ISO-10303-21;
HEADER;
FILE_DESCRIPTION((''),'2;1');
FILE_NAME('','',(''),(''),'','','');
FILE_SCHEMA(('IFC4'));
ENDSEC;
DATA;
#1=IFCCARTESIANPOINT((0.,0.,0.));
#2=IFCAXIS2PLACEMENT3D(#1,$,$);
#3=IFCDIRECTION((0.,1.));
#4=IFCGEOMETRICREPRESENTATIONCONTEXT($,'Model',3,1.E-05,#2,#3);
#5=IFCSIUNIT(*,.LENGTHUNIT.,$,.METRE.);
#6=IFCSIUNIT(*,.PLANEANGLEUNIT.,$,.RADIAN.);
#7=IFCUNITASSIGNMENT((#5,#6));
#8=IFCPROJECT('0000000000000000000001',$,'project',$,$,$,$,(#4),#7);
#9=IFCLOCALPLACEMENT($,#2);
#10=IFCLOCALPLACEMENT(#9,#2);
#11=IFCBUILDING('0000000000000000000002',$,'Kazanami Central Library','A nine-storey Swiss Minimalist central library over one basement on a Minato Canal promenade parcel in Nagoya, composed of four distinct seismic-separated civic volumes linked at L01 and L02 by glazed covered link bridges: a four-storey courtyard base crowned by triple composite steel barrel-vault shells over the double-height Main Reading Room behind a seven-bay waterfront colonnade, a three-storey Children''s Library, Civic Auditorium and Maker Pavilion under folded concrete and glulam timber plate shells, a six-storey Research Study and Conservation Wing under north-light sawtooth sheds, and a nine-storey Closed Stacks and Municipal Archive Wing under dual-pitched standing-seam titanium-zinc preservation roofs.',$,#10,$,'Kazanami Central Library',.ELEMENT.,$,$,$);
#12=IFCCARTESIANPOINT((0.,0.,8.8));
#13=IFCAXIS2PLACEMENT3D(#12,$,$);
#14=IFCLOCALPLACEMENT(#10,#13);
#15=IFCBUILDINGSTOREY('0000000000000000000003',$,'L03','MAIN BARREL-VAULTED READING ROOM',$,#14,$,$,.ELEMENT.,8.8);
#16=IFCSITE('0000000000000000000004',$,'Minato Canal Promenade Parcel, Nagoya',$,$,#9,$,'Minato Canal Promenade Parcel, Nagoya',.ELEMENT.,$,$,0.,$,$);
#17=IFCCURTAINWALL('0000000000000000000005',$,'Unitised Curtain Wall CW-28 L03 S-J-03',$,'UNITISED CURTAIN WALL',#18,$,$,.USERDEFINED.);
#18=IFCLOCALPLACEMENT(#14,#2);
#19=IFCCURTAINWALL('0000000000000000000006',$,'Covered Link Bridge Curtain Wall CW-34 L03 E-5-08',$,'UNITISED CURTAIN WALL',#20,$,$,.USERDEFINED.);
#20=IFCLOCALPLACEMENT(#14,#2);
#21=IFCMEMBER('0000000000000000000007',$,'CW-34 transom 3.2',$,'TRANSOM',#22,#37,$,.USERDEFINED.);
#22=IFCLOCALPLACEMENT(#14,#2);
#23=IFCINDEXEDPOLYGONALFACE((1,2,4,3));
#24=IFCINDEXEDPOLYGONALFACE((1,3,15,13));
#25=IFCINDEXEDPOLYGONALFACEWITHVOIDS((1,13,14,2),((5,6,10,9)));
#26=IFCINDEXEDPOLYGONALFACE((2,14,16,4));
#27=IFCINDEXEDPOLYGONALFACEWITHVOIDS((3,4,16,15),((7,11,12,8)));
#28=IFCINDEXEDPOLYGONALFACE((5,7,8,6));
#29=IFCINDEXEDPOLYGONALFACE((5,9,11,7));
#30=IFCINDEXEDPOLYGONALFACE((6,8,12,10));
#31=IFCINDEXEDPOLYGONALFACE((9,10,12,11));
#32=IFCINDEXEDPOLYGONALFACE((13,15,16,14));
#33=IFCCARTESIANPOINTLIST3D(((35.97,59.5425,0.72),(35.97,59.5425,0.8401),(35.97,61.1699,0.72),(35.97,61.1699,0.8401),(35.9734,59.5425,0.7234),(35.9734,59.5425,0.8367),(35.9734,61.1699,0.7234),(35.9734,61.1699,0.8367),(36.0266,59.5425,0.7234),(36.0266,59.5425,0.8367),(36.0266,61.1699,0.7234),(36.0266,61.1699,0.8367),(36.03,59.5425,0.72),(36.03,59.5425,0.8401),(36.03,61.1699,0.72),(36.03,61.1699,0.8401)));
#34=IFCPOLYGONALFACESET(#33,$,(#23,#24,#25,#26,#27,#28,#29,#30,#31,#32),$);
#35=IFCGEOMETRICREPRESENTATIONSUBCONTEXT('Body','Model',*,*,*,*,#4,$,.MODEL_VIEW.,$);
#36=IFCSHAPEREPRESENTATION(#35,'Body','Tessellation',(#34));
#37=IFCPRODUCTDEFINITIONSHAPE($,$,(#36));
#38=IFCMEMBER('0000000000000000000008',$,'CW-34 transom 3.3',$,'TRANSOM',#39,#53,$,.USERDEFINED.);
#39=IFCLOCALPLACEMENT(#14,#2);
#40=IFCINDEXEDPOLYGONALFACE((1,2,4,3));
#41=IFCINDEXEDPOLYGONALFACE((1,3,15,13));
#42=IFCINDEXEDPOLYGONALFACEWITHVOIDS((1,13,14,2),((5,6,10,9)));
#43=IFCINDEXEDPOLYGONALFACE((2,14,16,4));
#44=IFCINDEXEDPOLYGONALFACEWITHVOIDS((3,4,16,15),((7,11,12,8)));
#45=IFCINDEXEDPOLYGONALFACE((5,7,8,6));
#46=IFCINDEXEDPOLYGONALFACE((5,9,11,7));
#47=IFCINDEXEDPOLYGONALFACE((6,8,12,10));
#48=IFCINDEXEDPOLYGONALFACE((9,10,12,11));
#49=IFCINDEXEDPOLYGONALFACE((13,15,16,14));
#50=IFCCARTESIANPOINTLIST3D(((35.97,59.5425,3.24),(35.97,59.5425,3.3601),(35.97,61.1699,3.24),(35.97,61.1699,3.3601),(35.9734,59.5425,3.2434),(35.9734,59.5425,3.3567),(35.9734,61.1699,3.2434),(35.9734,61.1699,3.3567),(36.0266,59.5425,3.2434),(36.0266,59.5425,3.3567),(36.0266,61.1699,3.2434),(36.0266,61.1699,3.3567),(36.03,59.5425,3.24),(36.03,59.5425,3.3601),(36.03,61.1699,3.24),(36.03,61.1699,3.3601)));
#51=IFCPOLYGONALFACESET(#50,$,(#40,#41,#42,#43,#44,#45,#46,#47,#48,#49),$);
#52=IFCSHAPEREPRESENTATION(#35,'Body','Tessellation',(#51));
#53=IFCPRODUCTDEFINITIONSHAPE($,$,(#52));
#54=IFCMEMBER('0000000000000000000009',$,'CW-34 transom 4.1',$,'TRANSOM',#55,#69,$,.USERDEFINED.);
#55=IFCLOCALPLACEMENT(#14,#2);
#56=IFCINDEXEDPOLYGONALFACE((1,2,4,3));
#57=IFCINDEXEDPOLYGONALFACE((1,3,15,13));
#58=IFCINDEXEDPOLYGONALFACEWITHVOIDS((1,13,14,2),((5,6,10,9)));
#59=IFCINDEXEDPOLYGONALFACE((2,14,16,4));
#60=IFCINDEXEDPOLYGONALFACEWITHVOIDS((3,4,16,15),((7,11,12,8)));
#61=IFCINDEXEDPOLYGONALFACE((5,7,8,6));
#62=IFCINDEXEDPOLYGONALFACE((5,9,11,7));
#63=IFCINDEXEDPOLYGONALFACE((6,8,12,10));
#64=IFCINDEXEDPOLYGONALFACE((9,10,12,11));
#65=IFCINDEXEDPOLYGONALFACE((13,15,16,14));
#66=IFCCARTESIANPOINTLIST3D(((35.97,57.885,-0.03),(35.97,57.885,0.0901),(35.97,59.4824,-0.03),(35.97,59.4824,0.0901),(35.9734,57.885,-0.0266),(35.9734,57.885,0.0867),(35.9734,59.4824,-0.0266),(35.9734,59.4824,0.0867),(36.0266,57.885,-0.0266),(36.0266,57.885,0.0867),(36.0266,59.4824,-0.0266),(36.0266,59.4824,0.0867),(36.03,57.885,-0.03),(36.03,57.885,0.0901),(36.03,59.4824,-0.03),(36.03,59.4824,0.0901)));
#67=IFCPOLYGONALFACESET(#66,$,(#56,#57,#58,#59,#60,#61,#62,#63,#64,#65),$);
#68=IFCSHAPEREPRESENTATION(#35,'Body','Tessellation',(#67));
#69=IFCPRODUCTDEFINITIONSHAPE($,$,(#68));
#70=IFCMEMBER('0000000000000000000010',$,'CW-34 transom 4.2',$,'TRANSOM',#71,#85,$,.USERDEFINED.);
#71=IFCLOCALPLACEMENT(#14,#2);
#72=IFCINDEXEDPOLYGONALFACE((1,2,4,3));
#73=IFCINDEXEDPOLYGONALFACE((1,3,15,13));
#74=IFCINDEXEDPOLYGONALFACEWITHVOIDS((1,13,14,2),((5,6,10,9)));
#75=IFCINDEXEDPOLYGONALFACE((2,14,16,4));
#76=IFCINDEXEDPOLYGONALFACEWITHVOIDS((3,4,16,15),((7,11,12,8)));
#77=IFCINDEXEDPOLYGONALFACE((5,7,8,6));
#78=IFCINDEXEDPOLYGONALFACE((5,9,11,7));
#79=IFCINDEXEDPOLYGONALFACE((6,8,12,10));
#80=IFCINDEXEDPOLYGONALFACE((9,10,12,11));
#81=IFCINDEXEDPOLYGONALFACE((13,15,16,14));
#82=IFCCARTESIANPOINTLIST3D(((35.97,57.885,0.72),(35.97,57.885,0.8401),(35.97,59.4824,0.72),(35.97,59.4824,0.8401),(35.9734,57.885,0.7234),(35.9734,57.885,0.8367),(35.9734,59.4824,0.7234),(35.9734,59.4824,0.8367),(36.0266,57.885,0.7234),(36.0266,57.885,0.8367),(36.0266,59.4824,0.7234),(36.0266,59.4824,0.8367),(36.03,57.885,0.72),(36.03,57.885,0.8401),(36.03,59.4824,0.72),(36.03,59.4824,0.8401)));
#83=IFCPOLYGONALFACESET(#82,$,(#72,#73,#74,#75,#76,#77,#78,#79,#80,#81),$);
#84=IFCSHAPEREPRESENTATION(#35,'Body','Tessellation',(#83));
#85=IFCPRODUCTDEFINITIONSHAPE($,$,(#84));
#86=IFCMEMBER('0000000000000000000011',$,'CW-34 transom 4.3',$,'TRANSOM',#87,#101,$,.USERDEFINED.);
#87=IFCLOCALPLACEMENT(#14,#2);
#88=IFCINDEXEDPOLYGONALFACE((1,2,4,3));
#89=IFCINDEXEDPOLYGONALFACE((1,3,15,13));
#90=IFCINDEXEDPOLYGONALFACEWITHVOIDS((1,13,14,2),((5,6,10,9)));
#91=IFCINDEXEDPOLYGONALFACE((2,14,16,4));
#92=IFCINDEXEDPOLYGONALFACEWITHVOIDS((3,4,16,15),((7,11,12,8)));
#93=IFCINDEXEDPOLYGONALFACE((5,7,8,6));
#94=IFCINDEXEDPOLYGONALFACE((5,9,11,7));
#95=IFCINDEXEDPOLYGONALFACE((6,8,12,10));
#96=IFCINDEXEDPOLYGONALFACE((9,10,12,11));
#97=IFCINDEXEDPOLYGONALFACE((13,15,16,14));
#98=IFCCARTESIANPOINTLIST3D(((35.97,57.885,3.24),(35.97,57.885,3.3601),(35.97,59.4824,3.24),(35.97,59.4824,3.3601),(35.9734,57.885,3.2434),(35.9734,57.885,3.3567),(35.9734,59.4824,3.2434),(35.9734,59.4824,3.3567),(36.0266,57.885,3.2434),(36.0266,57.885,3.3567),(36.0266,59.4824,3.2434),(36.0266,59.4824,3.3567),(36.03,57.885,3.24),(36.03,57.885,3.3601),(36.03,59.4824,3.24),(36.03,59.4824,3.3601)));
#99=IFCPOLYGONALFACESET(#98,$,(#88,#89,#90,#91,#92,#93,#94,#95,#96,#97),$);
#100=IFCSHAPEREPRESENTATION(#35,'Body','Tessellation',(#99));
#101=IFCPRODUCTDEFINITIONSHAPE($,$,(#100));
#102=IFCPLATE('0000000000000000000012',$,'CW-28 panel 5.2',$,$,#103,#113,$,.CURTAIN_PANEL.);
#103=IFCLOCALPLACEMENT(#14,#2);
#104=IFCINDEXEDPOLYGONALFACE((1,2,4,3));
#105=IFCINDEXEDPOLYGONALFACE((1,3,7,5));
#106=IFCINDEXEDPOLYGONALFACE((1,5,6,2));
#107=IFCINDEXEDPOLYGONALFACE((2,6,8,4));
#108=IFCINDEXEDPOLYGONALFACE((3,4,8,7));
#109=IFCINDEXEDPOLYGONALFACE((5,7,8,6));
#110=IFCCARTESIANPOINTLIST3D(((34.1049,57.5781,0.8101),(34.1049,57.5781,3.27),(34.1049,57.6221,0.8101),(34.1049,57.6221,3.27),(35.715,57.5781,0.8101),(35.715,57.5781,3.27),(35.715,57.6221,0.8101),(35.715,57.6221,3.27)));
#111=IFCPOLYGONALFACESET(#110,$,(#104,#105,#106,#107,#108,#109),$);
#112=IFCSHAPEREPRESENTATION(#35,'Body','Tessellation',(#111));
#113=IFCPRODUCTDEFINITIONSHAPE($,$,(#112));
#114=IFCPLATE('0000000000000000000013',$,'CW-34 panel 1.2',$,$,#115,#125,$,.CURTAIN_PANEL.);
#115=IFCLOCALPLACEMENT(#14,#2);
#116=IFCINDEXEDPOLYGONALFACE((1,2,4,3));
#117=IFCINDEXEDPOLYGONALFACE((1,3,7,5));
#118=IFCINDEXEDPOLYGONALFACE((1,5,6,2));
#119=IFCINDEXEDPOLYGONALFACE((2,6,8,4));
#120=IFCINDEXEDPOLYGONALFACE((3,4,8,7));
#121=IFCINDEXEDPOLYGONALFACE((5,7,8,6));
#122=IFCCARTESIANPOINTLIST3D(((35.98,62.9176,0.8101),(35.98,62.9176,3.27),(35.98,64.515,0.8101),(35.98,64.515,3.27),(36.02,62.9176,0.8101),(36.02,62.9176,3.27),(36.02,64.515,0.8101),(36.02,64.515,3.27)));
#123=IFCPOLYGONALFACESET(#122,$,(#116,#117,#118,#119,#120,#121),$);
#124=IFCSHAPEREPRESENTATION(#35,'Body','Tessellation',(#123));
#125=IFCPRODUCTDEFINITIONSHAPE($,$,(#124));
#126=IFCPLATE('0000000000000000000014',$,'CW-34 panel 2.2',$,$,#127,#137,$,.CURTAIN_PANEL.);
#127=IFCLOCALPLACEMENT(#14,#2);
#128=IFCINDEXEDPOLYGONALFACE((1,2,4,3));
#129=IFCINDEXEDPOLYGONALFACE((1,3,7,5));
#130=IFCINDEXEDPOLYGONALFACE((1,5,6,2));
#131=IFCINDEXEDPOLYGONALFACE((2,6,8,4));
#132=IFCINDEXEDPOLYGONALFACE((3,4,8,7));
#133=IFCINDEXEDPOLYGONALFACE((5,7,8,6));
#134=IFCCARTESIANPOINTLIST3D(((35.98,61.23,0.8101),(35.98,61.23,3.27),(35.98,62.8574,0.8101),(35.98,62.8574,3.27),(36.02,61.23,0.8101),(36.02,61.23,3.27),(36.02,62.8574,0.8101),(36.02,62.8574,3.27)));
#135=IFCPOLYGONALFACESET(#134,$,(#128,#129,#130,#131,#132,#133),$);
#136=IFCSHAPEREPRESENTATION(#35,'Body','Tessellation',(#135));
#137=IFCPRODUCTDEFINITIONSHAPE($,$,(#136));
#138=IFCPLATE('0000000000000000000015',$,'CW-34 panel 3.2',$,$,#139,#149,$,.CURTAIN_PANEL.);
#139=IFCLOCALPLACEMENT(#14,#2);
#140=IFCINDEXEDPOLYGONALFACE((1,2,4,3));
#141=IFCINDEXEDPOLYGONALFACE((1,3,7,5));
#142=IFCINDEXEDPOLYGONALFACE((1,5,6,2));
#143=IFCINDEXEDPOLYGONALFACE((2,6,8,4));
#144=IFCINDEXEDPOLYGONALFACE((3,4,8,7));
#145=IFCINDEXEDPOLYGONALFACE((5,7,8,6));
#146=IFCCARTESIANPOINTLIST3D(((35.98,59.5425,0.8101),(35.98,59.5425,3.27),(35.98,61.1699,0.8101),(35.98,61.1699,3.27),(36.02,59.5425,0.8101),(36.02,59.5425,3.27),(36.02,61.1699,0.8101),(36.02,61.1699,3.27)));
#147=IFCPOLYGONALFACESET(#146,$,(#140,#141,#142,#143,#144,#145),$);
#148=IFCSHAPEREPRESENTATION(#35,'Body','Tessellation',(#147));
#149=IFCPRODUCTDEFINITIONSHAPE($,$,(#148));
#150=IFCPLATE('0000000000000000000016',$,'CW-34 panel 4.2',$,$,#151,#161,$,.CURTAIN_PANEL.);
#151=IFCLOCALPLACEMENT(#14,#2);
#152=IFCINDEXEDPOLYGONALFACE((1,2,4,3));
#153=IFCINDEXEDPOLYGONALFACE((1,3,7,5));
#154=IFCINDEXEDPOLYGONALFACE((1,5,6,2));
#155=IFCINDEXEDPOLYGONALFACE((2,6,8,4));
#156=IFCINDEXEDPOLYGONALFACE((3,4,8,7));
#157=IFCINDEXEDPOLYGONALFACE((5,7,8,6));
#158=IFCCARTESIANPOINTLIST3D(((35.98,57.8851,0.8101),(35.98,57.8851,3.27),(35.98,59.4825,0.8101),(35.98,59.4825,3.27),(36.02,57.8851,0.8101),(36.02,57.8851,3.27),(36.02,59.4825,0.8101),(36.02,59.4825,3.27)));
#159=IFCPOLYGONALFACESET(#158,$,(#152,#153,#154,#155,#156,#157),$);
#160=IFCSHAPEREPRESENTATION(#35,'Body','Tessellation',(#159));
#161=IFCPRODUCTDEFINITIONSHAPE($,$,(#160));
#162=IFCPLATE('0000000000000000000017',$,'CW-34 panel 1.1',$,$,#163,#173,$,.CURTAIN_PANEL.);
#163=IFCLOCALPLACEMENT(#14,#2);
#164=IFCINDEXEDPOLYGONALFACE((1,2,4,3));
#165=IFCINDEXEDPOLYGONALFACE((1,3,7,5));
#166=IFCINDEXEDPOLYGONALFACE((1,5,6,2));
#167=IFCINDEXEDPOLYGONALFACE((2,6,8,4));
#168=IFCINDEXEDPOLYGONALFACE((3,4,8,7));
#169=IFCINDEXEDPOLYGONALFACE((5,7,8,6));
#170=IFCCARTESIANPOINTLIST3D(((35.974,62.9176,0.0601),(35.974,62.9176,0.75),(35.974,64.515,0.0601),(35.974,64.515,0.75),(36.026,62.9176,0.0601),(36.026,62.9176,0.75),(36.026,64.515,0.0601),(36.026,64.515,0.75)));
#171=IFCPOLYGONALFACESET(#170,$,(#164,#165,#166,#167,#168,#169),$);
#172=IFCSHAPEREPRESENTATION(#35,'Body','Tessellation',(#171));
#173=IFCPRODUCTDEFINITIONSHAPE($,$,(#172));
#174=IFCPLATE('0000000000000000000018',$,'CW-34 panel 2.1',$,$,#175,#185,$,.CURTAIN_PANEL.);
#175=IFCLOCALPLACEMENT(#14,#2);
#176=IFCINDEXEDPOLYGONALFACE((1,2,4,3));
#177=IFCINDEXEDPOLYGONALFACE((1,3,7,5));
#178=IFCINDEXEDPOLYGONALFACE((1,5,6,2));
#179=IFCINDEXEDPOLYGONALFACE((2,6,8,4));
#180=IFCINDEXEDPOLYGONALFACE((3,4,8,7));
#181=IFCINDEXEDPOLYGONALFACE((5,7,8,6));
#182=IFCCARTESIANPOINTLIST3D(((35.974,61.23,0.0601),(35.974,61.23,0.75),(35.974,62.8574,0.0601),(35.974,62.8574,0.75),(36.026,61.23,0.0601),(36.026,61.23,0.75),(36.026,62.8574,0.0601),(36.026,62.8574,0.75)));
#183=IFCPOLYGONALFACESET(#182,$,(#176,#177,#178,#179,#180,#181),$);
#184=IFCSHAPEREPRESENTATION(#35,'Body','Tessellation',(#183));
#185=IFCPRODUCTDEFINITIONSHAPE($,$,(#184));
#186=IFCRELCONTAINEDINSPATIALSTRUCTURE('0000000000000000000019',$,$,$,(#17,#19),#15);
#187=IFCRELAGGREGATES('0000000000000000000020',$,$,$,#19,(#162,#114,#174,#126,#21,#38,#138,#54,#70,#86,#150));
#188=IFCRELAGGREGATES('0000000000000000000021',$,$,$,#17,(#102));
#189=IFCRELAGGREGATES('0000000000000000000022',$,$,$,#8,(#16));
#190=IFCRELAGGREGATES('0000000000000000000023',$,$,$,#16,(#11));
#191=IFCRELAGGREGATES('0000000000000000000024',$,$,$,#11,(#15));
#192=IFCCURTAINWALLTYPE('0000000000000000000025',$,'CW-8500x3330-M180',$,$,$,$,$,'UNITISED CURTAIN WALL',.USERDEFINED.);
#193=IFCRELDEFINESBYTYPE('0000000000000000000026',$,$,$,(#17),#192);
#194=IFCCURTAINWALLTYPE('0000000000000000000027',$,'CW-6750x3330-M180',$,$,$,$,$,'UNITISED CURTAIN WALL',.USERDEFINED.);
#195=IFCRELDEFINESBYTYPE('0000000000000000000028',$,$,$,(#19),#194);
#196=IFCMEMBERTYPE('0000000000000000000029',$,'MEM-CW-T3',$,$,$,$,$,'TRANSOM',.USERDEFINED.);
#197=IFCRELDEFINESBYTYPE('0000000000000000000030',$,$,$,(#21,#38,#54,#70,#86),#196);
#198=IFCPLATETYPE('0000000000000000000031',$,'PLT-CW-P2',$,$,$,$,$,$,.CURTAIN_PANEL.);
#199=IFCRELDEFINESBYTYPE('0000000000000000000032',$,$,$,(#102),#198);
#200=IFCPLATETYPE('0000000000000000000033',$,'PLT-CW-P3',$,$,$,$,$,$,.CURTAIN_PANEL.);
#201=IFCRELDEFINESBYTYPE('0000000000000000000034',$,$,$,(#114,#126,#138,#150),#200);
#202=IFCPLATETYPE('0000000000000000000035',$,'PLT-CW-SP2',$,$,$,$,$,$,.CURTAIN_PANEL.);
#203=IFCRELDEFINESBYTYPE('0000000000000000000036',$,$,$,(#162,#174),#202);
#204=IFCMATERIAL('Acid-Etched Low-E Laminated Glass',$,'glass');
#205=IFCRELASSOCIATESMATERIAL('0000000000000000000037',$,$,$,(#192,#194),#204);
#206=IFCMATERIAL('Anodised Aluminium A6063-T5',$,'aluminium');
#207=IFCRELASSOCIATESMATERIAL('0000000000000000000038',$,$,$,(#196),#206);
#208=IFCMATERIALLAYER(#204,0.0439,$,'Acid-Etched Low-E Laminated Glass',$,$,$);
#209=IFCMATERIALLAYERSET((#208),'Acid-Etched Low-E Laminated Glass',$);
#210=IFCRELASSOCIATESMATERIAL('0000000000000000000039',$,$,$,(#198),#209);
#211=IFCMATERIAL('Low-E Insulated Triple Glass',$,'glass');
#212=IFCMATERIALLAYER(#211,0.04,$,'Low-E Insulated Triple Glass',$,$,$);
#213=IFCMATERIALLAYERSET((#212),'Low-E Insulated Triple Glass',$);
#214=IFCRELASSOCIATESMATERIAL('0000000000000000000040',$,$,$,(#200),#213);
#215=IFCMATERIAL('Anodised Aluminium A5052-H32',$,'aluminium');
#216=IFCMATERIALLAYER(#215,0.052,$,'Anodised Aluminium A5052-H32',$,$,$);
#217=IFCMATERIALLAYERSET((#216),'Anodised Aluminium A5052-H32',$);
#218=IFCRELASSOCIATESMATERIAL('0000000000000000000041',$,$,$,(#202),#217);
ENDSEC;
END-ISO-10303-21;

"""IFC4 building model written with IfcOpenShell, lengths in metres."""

from ifc_helpers import new_model, si_unit, direction, frame, origin, origin_2d, place, context, subcontext, project, spatial, rectangle, hollow_rectangle, extrude, material, layer, layer_set, material_profile, profile_set, type_object, element, aggregate, save


model = new_model("IFC4")

# Units and contexts
model_context = context("Model", 3, precision=1e-05, world=origin(), true_north=direction((0.0, 1.0)))
body_context = subcontext(model_context, "Body", "Model", "MODEL_VIEW")
ifc_project = project(units=[si_unit("LENGTHUNIT", "METRE"), si_unit("PLANEANGLEUNIT", "RADIAN")], contexts=[model_context])

# Site, building, storey
site_placement = place(None, origin())
site = spatial("IfcSite", under=ifc_project, at=site_placement, Name="Minato Canal Promenade Parcel, Nagoya", LongName="Minato Canal Promenade Parcel, Nagoya", CompositionType="ELEMENT", RefElevation=0.0)
building_placement = place(site_placement, origin())
building = spatial("IfcBuilding", under=site, at=building_placement, Name="Kazanami Central Library", Description="A nine-storey Swiss Minimalist central library over one basement on a Minato Canal promenade parcel in Nagoya, composed of four distinct seismic-separated civic volumes linked at L01 and L02 by glazed covered link bridges: a four-storey courtyard base crowned by triple composite steel barrel-vault shells over the double-height Main Reading Room behind a seven-bay waterfront colonnade, a three-storey Children's Library, Civic Auditorium and Maker Pavilion under folded concrete and glulam timber plate shells, a six-storey Research Study and Conservation Wing under north-light sawtooth sheds, and a nine-storey Closed Stacks and Municipal Archive Wing under dual-pitched standing-seam titanium-zinc preservation roofs.", LongName="Kazanami Central Library", CompositionType="ELEMENT")
storey_placement = place(building_placement, frame((0.0, 0.0, 8.8)))
storey = spatial("IfcBuildingStorey", under=building, at=storey_placement, Name="L03", Description="MAIN BARREL-VAULTED READING ROOM", CompositionType="ELEMENT", Elevation=8.8)

# Curtain wall
ifc_material_1 = material(Name="Acid-Etched Low-E Laminated Glass", Category="glass")
curtain_wall_type_1 = type_object("IfcCurtainWallType", Name="CW-8500x3330-M180", ElementType="UNITISED CURTAIN WALL", PredefinedType="USERDEFINED", material=ifc_material_1)
curtain_wall_1_placement = place(storey_placement, origin())
curtain_wall_1 = element("IfcCurtainWall", 1, at=curtain_wall_1_placement, inside=storey, type_object=curtain_wall_type_1, Name="Unitised Curtain Wall CW-28 L03 S-J-03", ObjectType="UNITISED CURTAIN WALL", PredefinedType="USERDEFINED")
ifc_material_2 = material(Name="Anodised Aluminium A6063-T5", Category="aluminium")

# Curtain wall
curtain_wall_type_2 = type_object("IfcCurtainWallType", Name="CW-6750x3330-M180", ElementType="UNITISED CURTAIN WALL", PredefinedType="USERDEFINED", material=ifc_material_1)
curtain_wall_2_placement = place(storey_placement, origin())
curtain_wall_2 = element("IfcCurtainWall", 2, at=curtain_wall_2_placement, inside=storey, type_object=curtain_wall_type_2, Name="Covered Link Bridge Curtain Wall CW-34 L03 E-5-08", ObjectType="UNITISED CURTAIN WALL", PredefinedType="USERDEFINED")

# Members
ifc_material_profile_1 = material_profile(ifc_material_2, hollow_rectangle(XDim=0.0601, YDim=0.1201, WallThickness=0.0034, at=origin_2d()), Name="ALU-TRAN-60x120x3.5")
ifc_profile_set_1 = profile_set([ifc_material_profile_1], Name="Anodised Aluminium A6063-T5")
member_type_1 = type_object("IfcMemberType", Name="MEM-CW-T3", ElementType="TRANSOM", PredefinedType="USERDEFINED", material=ifc_profile_set_1)
member_1_placement = place(storey_placement, frame((36.0, 61.1699, 0.78), z_axis=(0.0, -1.0, 0.0), x_axis=(1.0, 0.0, 0.0)))
member_1 = element("IfcMember", 3, at=member_1_placement, type_object=member_type_1, Name="CW-34 transom 3.2", ObjectType="TRANSOM", PredefinedType="USERDEFINED", context=body_context, shape_type="SweptSolid", body=[
    extrude(hollow_rectangle(XDim=0.0601, YDim=0.1201, WallThickness=0.0034, at=origin_2d()), origin(), (0.0, 0.0, 1.0), 1.6274),
])
member_2_placement = place(storey_placement, frame((36.0, 61.1699, 3.3), z_axis=(0.0, -1.0, 0.0), x_axis=(1.0, 0.0, 0.0)))
member_2 = element("IfcMember", 4, at=member_2_placement, type_object=member_type_1, Name="CW-34 transom 3.3", ObjectType="TRANSOM", PredefinedType="USERDEFINED", context=body_context, shape_type="SweptSolid", body=[
    extrude(hollow_rectangle(XDim=0.0601, YDim=0.1201, WallThickness=0.0034, at=origin_2d()), origin(), (0.0, 0.0, 1.0), 1.6274),
])
member_3_placement = place(storey_placement, frame((36.0, 59.4824, 0.03), z_axis=(0.0, -1.0, 0.0), x_axis=(1.0, 0.0, 0.0)))
member_3 = element("IfcMember", 5, at=member_3_placement, type_object=member_type_1, Name="CW-34 transom 4.1", ObjectType="TRANSOM", PredefinedType="USERDEFINED", context=body_context, shape_type="SweptSolid", body=[
    extrude(hollow_rectangle(XDim=0.0601, YDim=0.1201, WallThickness=0.0034, at=origin_2d()), origin(), (0.0, 0.0, 1.0), 1.5974),
])
member_4_placement = place(storey_placement, frame((36.0, 59.4824, 0.78), z_axis=(0.0, -1.0, 0.0), x_axis=(1.0, 0.0, 0.0)))
member_4 = element("IfcMember", 6, at=member_4_placement, type_object=member_type_1, Name="CW-34 transom 4.2", ObjectType="TRANSOM", PredefinedType="USERDEFINED", context=body_context, shape_type="SweptSolid", body=[
    extrude(hollow_rectangle(XDim=0.0601, YDim=0.1201, WallThickness=0.0034, at=origin_2d()), origin(), (0.0, 0.0, 1.0), 1.5974),
])
member_5_placement = place(storey_placement, frame((36.0, 59.4824, 3.3), z_axis=(0.0, -1.0, 0.0), x_axis=(1.0, 0.0, 0.0)))
member_5 = element("IfcMember", 7, at=member_5_placement, type_object=member_type_1, Name="CW-34 transom 4.3", ObjectType="TRANSOM", PredefinedType="USERDEFINED", context=body_context, shape_type="SweptSolid", body=[
    extrude(hollow_rectangle(XDim=0.0601, YDim=0.1201, WallThickness=0.0034, at=origin_2d()), origin(), (0.0, 0.0, 1.0), 1.5974),
])

# Plates
ifc_layer_1 = layer(ifc_material_1, 0.0439, Name="Acid-Etched Low-E Laminated Glass")
ifc_layer_set_1 = layer_set([ifc_layer_1], Name="Acid-Etched Low-E Laminated Glass")
plate_type_1 = type_object("IfcPlateType", Name="PLT-CW-P2", PredefinedType="CURTAIN_PANEL", material=ifc_layer_set_1)
plate_1_placement = place(storey_placement, frame((34.9099, 57.6001, 0.8101), z_axis=(0.0, 0.0, 1.0), x_axis=(1.0, 0.0, 0.0)))
plate_1 = element("IfcPlate", 8, at=plate_1_placement, type_object=plate_type_1, Name="CW-28 panel 5.2", PredefinedType="CURTAIN_PANEL", context=body_context, shape_type="SweptSolid", body=[
    extrude(rectangle(XDim=1.6101, YDim=0.0439, at=origin_2d()), origin(), (0.0, 0.0, 1.0), 2.46),
])
ifc_material_3 = material(Name="Low-E Insulated Triple Glass", Category="glass")
ifc_layer_2 = layer(ifc_material_3, 0.04, Name="Low-E Insulated Triple Glass")
ifc_layer_set_2 = layer_set([ifc_layer_2], Name="Low-E Insulated Triple Glass")
plate_type_2 = type_object("IfcPlateType", Name="PLT-CW-P3", PredefinedType="CURTAIN_PANEL", material=ifc_layer_set_2)
plate_2_placement = place(storey_placement, frame((36.0, 63.7163, 0.8101), z_axis=(0.0, 0.0, 1.0), x_axis=(0.0, -1.0, 0.0)))
plate_2 = element("IfcPlate", 9, at=plate_2_placement, type_object=plate_type_2, Name="CW-34 panel 1.2", PredefinedType="CURTAIN_PANEL", context=body_context, shape_type="SweptSolid", body=[
    extrude(rectangle(XDim=1.5974, YDim=0.04, at=origin_2d()), origin(), (0.0, 0.0, 1.0), 2.46),
])
plate_3_placement = place(storey_placement, frame((36.0, 62.0437, 0.8101), z_axis=(0.0, 0.0, 1.0), x_axis=(0.0, -1.0, 0.0)))
plate_3 = element("IfcPlate", 10, at=plate_3_placement, type_object=plate_type_2, Name="CW-34 panel 2.2", PredefinedType="CURTAIN_PANEL", context=body_context, shape_type="SweptSolid", body=[
    extrude(rectangle(XDim=1.6274, YDim=0.04, at=origin_2d()), origin(), (0.0, 0.0, 1.0), 2.46),
])
plate_4_placement = place(storey_placement, frame((36.0, 60.3562, 0.8101), z_axis=(0.0, 0.0, 1.0), x_axis=(0.0, -1.0, 0.0)))
plate_4 = element("IfcPlate", 11, at=plate_4_placement, type_object=plate_type_2, Name="CW-34 panel 3.2", PredefinedType="CURTAIN_PANEL", context=body_context, shape_type="SweptSolid", body=[
    extrude(rectangle(XDim=1.6274, YDim=0.04, at=origin_2d()), origin(), (0.0, 0.0, 1.0), 2.46),
])
plate_5_placement = place(storey_placement, frame((36.0, 58.6838, 0.8101), z_axis=(0.0, 0.0, 1.0), x_axis=(0.0, -1.0, 0.0)))
plate_5 = element("IfcPlate", 12, at=plate_5_placement, type_object=plate_type_2, Name="CW-34 panel 4.2", PredefinedType="CURTAIN_PANEL", context=body_context, shape_type="SweptSolid", body=[
    extrude(rectangle(XDim=1.5974, YDim=0.04, at=origin_2d()), origin(), (0.0, 0.0, 1.0), 2.46),
])
ifc_material_4 = material(Name="Anodised Aluminium A5052-H32", Category="aluminium")
ifc_layer_3 = layer(ifc_material_4, 0.052, Name="Anodised Aluminium A5052-H32")
ifc_layer_set_3 = layer_set([ifc_layer_3], Name="Anodised Aluminium A5052-H32")
plate_type_3 = type_object("IfcPlateType", Name="PLT-CW-SP2", PredefinedType="CURTAIN_PANEL", material=ifc_layer_set_3)
plate_6_placement = place(storey_placement, frame((36.0, 63.7163, 0.0601), z_axis=(0.0, 0.0, 1.0), x_axis=(0.0, -1.0, 0.0)))
plate_6 = element("IfcPlate", 13, at=plate_6_placement, type_object=plate_type_3, Name="CW-34 panel 1.1", PredefinedType="CURTAIN_PANEL", context=body_context, shape_type="SweptSolid", body=[
    extrude(rectangle(XDim=1.5974, YDim=0.052, at=origin_2d()), origin(), (0.0, 0.0, 1.0), 0.6899),
])
plate_7_placement = place(storey_placement, frame((36.0, 62.0437, 0.0601), z_axis=(0.0, 0.0, 1.0), x_axis=(0.0, -1.0, 0.0)))
plate_7 = element("IfcPlate", 14, at=plate_7_placement, type_object=plate_type_3, Name="CW-34 panel 2.1", PredefinedType="CURTAIN_PANEL", context=body_context, shape_type="SweptSolid", body=[
    extrude(rectangle(XDim=1.6274, YDim=0.052, at=origin_2d()), origin(), (0.0, 0.0, 1.0), 0.6899),
])
aggregate(curtain_wall_2, [plate_6, plate_2, plate_7, plate_3, member_1, member_2, plate_4, member_3, member_4, member_5, plate_5])
aggregate(curtain_wall_1, [plate_1])

save(model, "model.ifc")
